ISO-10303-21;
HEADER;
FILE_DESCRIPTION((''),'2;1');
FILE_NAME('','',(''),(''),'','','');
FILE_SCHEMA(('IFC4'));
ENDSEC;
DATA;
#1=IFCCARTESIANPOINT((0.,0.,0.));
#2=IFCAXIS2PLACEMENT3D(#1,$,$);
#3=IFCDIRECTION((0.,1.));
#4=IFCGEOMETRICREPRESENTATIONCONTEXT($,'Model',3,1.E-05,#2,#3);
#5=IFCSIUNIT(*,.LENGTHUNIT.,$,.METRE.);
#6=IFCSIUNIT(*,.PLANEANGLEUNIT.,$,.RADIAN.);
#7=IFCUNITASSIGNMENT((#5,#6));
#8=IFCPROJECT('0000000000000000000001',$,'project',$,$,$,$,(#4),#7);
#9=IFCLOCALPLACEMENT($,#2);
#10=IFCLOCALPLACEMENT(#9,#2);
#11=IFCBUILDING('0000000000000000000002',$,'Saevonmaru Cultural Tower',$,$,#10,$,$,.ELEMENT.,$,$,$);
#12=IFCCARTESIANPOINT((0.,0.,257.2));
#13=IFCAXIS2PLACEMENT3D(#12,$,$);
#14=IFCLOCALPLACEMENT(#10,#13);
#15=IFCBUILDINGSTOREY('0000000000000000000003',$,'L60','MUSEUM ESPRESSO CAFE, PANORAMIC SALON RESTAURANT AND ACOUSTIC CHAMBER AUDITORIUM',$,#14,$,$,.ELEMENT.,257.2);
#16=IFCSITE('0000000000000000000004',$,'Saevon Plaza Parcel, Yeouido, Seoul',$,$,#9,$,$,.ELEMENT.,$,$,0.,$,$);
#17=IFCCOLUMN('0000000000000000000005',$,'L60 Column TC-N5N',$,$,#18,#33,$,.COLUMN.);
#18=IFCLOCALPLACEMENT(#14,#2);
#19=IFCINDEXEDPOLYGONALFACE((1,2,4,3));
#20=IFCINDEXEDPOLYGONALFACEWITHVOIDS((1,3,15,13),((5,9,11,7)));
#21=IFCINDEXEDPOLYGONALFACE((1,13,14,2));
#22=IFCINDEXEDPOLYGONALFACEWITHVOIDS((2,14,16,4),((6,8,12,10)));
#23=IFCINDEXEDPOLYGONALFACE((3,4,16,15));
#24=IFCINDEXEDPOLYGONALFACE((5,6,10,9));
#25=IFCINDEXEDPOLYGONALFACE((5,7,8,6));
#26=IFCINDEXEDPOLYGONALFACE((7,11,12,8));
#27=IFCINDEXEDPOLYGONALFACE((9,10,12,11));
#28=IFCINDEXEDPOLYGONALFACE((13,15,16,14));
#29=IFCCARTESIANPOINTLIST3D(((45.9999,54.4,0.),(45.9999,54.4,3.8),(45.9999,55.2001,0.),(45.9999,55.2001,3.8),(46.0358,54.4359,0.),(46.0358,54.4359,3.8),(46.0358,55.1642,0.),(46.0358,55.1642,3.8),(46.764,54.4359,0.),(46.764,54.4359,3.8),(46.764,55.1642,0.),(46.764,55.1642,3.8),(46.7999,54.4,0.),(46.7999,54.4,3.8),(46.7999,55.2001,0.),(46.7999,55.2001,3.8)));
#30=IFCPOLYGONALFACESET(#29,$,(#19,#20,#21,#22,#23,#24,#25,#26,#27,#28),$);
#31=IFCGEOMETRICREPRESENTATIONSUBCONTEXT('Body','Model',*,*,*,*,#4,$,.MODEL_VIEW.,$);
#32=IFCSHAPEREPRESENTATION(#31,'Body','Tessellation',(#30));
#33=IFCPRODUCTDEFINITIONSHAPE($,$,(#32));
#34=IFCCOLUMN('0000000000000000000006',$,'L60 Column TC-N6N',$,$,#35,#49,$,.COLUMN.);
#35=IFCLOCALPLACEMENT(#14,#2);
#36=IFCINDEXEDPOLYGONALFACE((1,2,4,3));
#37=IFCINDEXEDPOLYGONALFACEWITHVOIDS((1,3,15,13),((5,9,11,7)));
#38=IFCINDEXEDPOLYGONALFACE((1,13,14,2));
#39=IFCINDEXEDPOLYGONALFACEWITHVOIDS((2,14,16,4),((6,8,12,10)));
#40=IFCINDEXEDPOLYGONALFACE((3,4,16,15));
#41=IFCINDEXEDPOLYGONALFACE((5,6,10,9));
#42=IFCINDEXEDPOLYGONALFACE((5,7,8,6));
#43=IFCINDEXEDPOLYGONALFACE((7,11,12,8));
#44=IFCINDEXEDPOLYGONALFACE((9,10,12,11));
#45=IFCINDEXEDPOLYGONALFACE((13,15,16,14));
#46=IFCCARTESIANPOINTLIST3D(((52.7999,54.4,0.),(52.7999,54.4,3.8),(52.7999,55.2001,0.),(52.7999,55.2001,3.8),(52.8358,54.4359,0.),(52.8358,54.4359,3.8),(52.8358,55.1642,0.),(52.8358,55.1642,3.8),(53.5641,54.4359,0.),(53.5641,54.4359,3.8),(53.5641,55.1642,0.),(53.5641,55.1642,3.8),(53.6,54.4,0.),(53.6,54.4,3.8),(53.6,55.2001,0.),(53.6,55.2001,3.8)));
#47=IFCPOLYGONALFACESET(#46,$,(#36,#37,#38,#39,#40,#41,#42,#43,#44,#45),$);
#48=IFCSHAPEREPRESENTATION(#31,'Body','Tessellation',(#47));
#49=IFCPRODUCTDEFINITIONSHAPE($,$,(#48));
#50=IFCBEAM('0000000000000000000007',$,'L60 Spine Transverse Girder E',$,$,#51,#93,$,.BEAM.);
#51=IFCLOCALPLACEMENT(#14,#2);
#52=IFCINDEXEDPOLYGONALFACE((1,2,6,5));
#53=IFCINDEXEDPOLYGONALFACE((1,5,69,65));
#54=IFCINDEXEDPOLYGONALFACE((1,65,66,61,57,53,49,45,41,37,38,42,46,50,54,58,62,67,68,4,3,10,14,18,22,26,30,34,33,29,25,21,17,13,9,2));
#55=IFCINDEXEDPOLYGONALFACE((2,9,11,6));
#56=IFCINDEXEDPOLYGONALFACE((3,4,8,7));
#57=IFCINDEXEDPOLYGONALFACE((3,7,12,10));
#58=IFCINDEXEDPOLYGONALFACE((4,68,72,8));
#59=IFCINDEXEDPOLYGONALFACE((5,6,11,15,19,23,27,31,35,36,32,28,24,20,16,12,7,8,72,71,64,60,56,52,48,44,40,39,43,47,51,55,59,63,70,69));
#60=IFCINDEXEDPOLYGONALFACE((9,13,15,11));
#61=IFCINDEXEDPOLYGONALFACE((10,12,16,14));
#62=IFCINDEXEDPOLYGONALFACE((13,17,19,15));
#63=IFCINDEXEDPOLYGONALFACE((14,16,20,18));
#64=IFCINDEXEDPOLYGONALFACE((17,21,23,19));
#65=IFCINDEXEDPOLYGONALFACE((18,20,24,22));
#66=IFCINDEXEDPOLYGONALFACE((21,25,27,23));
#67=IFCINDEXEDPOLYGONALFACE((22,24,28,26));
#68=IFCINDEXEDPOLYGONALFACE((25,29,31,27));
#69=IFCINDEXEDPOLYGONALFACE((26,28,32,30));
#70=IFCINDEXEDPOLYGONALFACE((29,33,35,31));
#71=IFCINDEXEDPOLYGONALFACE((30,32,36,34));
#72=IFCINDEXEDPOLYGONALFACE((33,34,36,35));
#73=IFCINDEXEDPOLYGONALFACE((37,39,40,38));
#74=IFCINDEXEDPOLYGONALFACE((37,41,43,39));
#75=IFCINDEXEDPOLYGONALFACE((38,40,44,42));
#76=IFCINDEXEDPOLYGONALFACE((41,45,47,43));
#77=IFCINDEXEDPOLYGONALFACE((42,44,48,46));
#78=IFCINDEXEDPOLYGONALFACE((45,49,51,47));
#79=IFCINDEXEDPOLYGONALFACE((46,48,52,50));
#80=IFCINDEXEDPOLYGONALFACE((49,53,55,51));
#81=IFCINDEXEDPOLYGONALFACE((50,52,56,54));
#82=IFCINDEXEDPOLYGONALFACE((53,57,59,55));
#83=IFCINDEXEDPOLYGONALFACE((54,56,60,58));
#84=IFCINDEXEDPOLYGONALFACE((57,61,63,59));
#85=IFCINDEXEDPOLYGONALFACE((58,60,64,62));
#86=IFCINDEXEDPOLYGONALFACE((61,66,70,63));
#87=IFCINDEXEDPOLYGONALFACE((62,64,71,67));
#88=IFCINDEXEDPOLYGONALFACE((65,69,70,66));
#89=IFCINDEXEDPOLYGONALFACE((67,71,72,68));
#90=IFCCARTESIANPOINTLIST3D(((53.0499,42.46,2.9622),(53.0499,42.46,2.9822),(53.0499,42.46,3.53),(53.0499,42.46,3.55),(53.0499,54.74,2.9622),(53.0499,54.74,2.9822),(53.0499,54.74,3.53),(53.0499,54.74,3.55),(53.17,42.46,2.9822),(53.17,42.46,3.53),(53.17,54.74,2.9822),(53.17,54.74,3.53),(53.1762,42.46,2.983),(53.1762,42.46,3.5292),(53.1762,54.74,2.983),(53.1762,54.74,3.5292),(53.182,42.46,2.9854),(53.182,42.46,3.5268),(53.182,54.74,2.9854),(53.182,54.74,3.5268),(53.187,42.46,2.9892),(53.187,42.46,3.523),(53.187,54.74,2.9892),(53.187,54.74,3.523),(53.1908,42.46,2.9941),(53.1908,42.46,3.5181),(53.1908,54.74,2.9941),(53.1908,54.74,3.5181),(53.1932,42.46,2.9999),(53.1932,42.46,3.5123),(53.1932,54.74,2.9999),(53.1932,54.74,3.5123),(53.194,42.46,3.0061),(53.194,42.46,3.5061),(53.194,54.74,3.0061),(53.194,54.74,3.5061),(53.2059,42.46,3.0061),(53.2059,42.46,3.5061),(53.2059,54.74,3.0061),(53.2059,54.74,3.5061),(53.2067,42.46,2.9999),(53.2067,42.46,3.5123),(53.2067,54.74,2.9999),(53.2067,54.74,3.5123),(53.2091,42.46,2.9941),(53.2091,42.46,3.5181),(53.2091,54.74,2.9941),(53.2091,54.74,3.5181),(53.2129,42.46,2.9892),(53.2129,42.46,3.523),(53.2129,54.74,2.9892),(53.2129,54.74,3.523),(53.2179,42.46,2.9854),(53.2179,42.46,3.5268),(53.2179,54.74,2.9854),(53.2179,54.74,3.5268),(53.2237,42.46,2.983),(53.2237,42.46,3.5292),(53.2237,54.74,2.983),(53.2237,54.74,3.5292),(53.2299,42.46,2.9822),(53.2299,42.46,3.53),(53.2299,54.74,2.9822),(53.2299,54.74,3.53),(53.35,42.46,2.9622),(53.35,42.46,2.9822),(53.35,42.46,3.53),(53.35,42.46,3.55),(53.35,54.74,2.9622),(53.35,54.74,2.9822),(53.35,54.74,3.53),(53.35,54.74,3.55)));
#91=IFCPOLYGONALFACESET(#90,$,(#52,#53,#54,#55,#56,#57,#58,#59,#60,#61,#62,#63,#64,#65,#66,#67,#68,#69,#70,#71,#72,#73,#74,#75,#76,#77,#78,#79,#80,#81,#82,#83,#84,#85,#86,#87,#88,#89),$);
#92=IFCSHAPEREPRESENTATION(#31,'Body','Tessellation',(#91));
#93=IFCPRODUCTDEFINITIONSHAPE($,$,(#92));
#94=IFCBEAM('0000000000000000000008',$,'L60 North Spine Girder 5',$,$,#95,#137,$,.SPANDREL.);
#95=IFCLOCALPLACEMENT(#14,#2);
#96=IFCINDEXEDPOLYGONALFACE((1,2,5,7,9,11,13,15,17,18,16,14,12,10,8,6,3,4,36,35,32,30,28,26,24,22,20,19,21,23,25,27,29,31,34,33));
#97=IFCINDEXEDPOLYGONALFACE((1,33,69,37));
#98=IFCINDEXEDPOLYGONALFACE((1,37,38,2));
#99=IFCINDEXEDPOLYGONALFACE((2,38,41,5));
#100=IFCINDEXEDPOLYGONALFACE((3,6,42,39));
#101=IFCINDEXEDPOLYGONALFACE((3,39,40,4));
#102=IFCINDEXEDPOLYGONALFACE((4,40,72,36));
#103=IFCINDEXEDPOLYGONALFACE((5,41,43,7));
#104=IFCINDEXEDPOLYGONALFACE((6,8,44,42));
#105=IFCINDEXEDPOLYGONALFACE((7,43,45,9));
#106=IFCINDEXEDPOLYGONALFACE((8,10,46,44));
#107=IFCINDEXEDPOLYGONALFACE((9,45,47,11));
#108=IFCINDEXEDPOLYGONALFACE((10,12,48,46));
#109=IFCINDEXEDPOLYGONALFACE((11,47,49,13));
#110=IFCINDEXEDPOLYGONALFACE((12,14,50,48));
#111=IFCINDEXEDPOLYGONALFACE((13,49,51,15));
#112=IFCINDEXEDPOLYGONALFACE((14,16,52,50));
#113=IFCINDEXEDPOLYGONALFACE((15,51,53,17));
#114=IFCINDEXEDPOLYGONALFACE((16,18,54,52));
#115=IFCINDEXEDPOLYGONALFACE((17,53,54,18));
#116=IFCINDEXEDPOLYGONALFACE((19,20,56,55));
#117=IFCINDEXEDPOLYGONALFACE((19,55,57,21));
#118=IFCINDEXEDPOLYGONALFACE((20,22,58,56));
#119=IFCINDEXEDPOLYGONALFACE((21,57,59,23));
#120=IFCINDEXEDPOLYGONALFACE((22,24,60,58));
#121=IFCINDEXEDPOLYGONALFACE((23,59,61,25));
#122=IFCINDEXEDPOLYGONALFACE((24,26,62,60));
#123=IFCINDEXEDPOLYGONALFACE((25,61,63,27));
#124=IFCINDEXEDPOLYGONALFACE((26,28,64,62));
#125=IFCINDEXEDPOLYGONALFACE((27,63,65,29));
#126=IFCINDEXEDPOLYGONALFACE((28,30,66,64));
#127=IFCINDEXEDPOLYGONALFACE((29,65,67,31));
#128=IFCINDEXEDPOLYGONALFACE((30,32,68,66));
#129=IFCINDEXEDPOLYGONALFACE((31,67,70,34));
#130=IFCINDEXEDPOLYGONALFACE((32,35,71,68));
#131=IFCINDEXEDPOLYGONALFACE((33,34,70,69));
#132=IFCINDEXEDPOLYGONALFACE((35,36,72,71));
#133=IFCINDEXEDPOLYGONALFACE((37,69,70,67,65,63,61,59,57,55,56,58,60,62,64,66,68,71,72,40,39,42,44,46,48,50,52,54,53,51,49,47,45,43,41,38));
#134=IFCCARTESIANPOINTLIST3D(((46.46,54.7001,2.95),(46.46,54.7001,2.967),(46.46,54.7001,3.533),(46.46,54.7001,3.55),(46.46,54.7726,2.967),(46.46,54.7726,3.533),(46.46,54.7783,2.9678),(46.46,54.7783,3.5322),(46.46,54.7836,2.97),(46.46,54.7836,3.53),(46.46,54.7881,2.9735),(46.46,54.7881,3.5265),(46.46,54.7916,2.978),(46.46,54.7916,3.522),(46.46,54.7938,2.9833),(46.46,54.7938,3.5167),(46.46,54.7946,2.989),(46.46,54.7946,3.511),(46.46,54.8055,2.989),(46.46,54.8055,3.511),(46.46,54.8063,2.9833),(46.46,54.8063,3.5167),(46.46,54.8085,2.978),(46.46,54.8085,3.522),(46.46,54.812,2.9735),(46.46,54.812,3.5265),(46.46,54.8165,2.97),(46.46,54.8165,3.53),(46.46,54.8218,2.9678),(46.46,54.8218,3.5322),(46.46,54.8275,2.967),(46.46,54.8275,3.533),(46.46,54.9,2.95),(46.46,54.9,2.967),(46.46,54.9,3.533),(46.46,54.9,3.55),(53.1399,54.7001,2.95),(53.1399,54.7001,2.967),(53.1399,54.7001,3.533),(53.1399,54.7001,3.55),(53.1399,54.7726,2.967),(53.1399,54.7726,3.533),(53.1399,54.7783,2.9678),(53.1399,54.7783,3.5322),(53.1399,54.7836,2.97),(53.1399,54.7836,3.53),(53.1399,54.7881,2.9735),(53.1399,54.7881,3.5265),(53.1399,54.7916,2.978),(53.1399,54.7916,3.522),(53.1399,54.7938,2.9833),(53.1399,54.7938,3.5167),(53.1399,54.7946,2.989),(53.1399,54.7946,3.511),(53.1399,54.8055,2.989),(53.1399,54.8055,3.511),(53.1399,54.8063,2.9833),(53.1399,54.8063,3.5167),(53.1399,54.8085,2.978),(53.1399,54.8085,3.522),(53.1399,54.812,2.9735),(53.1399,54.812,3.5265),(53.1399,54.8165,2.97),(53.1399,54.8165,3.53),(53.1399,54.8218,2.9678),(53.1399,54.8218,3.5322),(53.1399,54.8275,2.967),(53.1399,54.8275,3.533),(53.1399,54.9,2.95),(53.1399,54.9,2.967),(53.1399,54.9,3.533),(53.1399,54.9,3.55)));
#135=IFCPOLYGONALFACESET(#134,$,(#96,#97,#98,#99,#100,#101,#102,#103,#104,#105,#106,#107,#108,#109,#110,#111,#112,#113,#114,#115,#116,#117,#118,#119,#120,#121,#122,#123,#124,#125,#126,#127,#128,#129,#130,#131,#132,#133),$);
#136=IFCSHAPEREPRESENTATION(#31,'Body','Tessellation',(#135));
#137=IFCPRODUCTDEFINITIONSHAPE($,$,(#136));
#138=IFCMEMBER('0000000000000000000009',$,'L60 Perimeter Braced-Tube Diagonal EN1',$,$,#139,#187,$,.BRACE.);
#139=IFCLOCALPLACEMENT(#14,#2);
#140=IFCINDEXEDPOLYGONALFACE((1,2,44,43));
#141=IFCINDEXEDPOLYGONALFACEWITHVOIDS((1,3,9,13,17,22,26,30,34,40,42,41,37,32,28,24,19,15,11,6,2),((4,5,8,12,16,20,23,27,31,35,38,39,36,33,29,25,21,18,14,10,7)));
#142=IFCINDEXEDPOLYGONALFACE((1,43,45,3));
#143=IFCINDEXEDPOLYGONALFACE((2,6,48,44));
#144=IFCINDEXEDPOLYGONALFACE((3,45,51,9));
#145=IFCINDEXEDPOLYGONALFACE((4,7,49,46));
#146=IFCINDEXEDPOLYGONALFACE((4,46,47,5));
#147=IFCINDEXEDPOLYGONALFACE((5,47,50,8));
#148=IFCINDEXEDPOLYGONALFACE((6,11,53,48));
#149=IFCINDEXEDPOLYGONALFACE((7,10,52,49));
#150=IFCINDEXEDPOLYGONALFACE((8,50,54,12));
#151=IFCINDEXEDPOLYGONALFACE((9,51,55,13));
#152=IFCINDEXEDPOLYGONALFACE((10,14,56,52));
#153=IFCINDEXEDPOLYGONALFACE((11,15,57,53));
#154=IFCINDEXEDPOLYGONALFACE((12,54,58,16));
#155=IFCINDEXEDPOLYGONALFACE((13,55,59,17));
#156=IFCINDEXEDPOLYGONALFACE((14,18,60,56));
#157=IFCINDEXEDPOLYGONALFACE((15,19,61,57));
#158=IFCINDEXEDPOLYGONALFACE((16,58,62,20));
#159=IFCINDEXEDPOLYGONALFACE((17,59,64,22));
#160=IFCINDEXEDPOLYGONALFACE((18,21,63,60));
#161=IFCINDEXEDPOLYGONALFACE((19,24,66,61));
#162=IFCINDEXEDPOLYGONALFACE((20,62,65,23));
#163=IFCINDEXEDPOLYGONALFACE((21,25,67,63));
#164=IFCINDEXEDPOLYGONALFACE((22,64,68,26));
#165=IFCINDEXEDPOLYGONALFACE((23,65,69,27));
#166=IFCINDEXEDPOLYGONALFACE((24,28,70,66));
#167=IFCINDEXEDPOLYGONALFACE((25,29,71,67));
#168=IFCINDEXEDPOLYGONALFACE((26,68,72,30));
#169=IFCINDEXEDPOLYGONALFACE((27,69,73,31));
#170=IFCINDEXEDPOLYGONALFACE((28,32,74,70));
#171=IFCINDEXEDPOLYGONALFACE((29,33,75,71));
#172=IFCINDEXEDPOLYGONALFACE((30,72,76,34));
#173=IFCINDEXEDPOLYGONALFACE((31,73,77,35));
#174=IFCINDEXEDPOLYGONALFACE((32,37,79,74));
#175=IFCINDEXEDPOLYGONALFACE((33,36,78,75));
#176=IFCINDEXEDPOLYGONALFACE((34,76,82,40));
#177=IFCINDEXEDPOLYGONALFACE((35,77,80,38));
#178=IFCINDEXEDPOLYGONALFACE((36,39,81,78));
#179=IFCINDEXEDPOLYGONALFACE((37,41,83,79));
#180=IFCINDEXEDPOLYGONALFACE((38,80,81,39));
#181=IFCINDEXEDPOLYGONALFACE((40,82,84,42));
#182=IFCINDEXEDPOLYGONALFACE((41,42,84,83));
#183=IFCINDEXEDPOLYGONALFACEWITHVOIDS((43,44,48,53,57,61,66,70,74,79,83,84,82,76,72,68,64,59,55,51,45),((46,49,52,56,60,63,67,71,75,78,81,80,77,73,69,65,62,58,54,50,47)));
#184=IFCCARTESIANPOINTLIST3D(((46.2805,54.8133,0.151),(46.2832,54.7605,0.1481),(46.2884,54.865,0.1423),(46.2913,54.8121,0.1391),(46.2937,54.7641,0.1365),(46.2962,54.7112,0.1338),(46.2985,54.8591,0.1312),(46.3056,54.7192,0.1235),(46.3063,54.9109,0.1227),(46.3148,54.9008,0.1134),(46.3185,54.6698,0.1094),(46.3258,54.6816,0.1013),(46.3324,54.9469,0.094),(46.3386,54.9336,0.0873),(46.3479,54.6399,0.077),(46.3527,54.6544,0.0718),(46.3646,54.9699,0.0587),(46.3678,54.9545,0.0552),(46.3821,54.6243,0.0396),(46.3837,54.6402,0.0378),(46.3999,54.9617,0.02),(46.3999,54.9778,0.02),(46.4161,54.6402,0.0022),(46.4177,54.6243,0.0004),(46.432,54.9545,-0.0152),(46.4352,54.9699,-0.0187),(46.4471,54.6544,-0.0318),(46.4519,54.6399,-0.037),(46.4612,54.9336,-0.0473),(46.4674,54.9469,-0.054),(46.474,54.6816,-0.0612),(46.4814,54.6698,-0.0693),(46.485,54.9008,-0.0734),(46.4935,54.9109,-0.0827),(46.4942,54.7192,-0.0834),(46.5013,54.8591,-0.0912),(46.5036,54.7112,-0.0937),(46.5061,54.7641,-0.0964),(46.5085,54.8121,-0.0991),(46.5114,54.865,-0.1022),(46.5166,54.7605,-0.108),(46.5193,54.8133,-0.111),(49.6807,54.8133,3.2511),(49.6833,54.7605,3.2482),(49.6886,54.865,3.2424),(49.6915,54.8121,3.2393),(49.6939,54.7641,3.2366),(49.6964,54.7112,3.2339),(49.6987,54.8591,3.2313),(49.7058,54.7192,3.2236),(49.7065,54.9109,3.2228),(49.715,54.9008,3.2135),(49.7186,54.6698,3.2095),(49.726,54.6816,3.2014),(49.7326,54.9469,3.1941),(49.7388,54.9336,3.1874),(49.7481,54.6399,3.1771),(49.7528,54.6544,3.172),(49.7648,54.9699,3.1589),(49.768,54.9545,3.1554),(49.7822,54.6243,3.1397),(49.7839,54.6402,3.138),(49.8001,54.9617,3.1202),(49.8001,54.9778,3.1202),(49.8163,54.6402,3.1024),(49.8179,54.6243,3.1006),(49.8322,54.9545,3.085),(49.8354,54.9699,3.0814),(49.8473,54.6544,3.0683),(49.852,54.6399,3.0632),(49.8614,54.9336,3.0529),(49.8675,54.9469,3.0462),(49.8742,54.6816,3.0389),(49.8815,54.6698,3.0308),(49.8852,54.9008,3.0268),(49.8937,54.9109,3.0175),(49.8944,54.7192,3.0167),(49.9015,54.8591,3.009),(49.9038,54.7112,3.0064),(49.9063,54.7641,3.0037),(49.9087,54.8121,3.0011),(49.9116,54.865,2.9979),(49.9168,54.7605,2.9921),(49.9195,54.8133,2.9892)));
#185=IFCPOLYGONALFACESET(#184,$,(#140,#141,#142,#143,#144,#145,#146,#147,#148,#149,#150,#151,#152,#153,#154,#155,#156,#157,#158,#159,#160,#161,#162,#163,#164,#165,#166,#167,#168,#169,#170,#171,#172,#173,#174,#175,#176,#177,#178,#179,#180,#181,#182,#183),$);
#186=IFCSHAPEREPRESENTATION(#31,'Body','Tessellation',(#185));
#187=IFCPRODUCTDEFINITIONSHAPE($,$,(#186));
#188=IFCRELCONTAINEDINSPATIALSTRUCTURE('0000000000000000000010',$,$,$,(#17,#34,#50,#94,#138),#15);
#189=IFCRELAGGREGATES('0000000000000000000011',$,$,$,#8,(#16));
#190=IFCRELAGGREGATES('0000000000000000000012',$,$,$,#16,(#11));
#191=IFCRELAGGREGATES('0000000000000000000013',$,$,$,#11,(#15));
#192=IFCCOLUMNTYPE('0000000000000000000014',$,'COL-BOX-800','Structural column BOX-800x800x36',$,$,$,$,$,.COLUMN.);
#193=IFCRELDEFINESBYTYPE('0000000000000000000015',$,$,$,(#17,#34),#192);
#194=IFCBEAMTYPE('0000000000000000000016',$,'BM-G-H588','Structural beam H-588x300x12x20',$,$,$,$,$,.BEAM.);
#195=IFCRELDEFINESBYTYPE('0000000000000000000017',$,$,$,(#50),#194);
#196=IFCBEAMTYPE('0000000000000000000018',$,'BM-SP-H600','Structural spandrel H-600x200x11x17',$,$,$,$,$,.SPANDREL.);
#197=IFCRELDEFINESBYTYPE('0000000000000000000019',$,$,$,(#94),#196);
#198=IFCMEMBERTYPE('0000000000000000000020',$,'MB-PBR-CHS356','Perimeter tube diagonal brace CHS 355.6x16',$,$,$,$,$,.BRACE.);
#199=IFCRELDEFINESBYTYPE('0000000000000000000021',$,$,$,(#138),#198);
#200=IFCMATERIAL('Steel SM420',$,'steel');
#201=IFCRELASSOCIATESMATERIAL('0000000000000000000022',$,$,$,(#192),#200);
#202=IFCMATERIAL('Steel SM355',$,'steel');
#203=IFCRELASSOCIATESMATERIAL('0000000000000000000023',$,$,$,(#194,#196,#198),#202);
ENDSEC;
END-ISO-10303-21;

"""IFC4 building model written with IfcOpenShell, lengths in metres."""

from ifc_helpers import new_model, si_unit, direction, frame, origin, origin_2d, place, context, subcontext, project, spatial, hollow_rectangle, hollow_circle, i_section, extrude, material, material_profile, profile_set, type_object, element, save


model = new_model("IFC4")

# Units and contexts
model_context = context("Model", 3, precision=1e-05, world=origin(), true_north=direction((0.0, 1.0)))
body_context = subcontext(model_context, "Body", "Model", "MODEL_VIEW")
ifc_project = project(units=[si_unit("LENGTHUNIT", "METRE"), si_unit("PLANEANGLEUNIT", "RADIAN")], contexts=[model_context])

# Site, building, storey
site_placement = place(None, origin())
site = spatial("IfcSite", under=ifc_project, at=site_placement, Name="Saevon Plaza Parcel, Yeouido, Seoul", CompositionType="ELEMENT", RefElevation=0.0)
building_placement = place(site_placement, origin())
building = spatial("IfcBuilding", under=site, at=building_placement, Name="Saevonmaru Cultural Tower", CompositionType="ELEMENT")
storey_placement = place(building_placement, frame((0.0, 0.0, 257.2)))
storey = spatial("IfcBuildingStorey", under=building, at=storey_placement, Name="L60", Description="MUSEUM ESPRESSO CAFE, PANORAMIC SALON RESTAURANT AND ACOUSTIC CHAMBER AUDITORIUM", CompositionType="ELEMENT", Elevation=257.2)

# Columns
ifc_material_1 = material(Name="Steel SM420", Category="steel")
ifc_material_profile_1 = material_profile(ifc_material_1, hollow_rectangle(XDim=0.8, YDim=0.8, WallThickness=0.0359, at=origin_2d()), Name="BOX-800x800x36")
ifc_profile_set_1 = profile_set([ifc_material_profile_1], Name="Steel SM420")
column_type = type_object("IfcColumnType", Name="COL-BOX-800", Description="Structural column BOX-800x800x36", PredefinedType="COLUMN", material=ifc_profile_set_1)
for number, where, z_axis, x_axis, name in (
    (1, (46.3999, 54.8, 0.0), (0.0, 0.0, 1.0), (1.0, 0.0, 0.0), "L60 Column TC-N5N"),
    (2, (53.2, 54.8, 0.0), (0.0, 0.0, 1.0), (1.0, 0.0, 0.0), "L60 Column TC-N6N"),
):
    element("IfcColumn", number, at=place(storey_placement, frame(where, z_axis=z_axis, x_axis=x_axis)), inside=storey, type_object=column_type, Name=name, PredefinedType="COLUMN", context=body_context, shape_type="SweptSolid", body=[
        extrude(hollow_rectangle(XDim=0.8, YDim=0.8, WallThickness=0.0359, at=origin_2d()), origin(), (0.0, 0.0, 1.0), 3.8),
    ])

# Beams
ifc_material_2 = material(Name="Steel SM355", Category="steel")
ifc_material_profile_2 = material_profile(ifc_material_2, i_section(OverallWidth=0.3, OverallDepth=0.5879, WebThickness=0.012, FlangeThickness=0.02, FilletRadius=0.0239, at=origin_2d()), Name="H-588x300x12x20")
ifc_profile_set_2 = profile_set([ifc_material_profile_2], Name="Steel SM355")
beam_type_1 = type_object("IfcBeamType", Name="BM-G-H588", Description="Structural beam H-588x300x12x20", PredefinedType="BEAM", material=ifc_profile_set_2)
beam_1_placement = place(storey_placement, frame((53.2, 54.74, 3.2561), z_axis=(0.0, -1.0, 0.0), x_axis=(1.0, 0.0, 0.0)))
element("IfcBeam", 3, at=beam_1_placement, inside=storey, type_object=beam_type_1, Name="L60 Spine Transverse Girder E", PredefinedType="BEAM", context=body_context, shape_type="SweptSolid", body=[
    extrude(i_section(OverallWidth=0.3, OverallDepth=0.5879, WebThickness=0.012, FlangeThickness=0.02, FilletRadius=0.0239, at=origin_2d()), origin(), (0.0, 0.0, 1.0), 12.28),
])
ifc_material_profile_3 = material_profile(ifc_material_2, i_section(OverallWidth=0.2, OverallDepth=0.6001, WebThickness=0.011, FlangeThickness=0.0171, FilletRadius=0.022, at=origin_2d()), Name="H-600x200x11x17")
ifc_profile_set_3 = profile_set([ifc_material_profile_3], Name="Steel SM355")
beam_type_2 = type_object("IfcBeamType", Name="BM-SP-H600", Description="Structural spandrel H-600x200x11x17", PredefinedType="SPANDREL", material=ifc_profile_set_3)
beam_2_placement = place(storey_placement, frame((46.46, 54.8, 3.25), z_axis=(1.0, 0.0, 0.0), x_axis=(0.0, 1.0, 0.0)))
element("IfcBeam", 4, at=beam_2_placement, inside=storey, type_object=beam_type_2, Name="L60 North Spine Girder 5", PredefinedType="SPANDREL", context=body_context, shape_type="SweptSolid", body=[
    extrude(i_section(OverallWidth=0.2, OverallDepth=0.6001, WebThickness=0.011, FlangeThickness=0.0171, FilletRadius=0.022, at=origin_2d()), origin(), (0.0, 0.0, 1.0), 6.6799),
])

# Member
ifc_material_profile_4 = material_profile(ifc_material_2, hollow_circle(Radius=0.1777, WallThickness=0.0161, at=origin_2d()), Name="CHS-355.6x16")
ifc_profile_set_4 = profile_set([ifc_material_profile_4], Name="Steel SM355")
member_type_1 = type_object("IfcMemberType", Name="MB-PBR-CHS356", Description="Perimeter tube diagonal brace CHS 355.6x16", PredefinedType="BRACE", material=ifc_profile_set_4)
member_1_placement = place(storey_placement, frame((46.3999, 54.8, 0.02), z_axis=(0.73896, 0.0, 0.67375), x_axis=(0.0, 1.0, 0.0)))
element("IfcMember", 5, at=member_1_placement, inside=storey, type_object=member_type_1, Name="L60 Perimeter Braced-Tube Diagonal EN1", PredefinedType="BRACE", context=body_context, shape_type="SweptSolid", body=[
    extrude(hollow_circle(Radius=0.1777, WallThickness=0.0161, at=origin_2d()), origin(), (0.0, 0.0, 1.0), 4.6013),
])

save(model, "model.ifc")
